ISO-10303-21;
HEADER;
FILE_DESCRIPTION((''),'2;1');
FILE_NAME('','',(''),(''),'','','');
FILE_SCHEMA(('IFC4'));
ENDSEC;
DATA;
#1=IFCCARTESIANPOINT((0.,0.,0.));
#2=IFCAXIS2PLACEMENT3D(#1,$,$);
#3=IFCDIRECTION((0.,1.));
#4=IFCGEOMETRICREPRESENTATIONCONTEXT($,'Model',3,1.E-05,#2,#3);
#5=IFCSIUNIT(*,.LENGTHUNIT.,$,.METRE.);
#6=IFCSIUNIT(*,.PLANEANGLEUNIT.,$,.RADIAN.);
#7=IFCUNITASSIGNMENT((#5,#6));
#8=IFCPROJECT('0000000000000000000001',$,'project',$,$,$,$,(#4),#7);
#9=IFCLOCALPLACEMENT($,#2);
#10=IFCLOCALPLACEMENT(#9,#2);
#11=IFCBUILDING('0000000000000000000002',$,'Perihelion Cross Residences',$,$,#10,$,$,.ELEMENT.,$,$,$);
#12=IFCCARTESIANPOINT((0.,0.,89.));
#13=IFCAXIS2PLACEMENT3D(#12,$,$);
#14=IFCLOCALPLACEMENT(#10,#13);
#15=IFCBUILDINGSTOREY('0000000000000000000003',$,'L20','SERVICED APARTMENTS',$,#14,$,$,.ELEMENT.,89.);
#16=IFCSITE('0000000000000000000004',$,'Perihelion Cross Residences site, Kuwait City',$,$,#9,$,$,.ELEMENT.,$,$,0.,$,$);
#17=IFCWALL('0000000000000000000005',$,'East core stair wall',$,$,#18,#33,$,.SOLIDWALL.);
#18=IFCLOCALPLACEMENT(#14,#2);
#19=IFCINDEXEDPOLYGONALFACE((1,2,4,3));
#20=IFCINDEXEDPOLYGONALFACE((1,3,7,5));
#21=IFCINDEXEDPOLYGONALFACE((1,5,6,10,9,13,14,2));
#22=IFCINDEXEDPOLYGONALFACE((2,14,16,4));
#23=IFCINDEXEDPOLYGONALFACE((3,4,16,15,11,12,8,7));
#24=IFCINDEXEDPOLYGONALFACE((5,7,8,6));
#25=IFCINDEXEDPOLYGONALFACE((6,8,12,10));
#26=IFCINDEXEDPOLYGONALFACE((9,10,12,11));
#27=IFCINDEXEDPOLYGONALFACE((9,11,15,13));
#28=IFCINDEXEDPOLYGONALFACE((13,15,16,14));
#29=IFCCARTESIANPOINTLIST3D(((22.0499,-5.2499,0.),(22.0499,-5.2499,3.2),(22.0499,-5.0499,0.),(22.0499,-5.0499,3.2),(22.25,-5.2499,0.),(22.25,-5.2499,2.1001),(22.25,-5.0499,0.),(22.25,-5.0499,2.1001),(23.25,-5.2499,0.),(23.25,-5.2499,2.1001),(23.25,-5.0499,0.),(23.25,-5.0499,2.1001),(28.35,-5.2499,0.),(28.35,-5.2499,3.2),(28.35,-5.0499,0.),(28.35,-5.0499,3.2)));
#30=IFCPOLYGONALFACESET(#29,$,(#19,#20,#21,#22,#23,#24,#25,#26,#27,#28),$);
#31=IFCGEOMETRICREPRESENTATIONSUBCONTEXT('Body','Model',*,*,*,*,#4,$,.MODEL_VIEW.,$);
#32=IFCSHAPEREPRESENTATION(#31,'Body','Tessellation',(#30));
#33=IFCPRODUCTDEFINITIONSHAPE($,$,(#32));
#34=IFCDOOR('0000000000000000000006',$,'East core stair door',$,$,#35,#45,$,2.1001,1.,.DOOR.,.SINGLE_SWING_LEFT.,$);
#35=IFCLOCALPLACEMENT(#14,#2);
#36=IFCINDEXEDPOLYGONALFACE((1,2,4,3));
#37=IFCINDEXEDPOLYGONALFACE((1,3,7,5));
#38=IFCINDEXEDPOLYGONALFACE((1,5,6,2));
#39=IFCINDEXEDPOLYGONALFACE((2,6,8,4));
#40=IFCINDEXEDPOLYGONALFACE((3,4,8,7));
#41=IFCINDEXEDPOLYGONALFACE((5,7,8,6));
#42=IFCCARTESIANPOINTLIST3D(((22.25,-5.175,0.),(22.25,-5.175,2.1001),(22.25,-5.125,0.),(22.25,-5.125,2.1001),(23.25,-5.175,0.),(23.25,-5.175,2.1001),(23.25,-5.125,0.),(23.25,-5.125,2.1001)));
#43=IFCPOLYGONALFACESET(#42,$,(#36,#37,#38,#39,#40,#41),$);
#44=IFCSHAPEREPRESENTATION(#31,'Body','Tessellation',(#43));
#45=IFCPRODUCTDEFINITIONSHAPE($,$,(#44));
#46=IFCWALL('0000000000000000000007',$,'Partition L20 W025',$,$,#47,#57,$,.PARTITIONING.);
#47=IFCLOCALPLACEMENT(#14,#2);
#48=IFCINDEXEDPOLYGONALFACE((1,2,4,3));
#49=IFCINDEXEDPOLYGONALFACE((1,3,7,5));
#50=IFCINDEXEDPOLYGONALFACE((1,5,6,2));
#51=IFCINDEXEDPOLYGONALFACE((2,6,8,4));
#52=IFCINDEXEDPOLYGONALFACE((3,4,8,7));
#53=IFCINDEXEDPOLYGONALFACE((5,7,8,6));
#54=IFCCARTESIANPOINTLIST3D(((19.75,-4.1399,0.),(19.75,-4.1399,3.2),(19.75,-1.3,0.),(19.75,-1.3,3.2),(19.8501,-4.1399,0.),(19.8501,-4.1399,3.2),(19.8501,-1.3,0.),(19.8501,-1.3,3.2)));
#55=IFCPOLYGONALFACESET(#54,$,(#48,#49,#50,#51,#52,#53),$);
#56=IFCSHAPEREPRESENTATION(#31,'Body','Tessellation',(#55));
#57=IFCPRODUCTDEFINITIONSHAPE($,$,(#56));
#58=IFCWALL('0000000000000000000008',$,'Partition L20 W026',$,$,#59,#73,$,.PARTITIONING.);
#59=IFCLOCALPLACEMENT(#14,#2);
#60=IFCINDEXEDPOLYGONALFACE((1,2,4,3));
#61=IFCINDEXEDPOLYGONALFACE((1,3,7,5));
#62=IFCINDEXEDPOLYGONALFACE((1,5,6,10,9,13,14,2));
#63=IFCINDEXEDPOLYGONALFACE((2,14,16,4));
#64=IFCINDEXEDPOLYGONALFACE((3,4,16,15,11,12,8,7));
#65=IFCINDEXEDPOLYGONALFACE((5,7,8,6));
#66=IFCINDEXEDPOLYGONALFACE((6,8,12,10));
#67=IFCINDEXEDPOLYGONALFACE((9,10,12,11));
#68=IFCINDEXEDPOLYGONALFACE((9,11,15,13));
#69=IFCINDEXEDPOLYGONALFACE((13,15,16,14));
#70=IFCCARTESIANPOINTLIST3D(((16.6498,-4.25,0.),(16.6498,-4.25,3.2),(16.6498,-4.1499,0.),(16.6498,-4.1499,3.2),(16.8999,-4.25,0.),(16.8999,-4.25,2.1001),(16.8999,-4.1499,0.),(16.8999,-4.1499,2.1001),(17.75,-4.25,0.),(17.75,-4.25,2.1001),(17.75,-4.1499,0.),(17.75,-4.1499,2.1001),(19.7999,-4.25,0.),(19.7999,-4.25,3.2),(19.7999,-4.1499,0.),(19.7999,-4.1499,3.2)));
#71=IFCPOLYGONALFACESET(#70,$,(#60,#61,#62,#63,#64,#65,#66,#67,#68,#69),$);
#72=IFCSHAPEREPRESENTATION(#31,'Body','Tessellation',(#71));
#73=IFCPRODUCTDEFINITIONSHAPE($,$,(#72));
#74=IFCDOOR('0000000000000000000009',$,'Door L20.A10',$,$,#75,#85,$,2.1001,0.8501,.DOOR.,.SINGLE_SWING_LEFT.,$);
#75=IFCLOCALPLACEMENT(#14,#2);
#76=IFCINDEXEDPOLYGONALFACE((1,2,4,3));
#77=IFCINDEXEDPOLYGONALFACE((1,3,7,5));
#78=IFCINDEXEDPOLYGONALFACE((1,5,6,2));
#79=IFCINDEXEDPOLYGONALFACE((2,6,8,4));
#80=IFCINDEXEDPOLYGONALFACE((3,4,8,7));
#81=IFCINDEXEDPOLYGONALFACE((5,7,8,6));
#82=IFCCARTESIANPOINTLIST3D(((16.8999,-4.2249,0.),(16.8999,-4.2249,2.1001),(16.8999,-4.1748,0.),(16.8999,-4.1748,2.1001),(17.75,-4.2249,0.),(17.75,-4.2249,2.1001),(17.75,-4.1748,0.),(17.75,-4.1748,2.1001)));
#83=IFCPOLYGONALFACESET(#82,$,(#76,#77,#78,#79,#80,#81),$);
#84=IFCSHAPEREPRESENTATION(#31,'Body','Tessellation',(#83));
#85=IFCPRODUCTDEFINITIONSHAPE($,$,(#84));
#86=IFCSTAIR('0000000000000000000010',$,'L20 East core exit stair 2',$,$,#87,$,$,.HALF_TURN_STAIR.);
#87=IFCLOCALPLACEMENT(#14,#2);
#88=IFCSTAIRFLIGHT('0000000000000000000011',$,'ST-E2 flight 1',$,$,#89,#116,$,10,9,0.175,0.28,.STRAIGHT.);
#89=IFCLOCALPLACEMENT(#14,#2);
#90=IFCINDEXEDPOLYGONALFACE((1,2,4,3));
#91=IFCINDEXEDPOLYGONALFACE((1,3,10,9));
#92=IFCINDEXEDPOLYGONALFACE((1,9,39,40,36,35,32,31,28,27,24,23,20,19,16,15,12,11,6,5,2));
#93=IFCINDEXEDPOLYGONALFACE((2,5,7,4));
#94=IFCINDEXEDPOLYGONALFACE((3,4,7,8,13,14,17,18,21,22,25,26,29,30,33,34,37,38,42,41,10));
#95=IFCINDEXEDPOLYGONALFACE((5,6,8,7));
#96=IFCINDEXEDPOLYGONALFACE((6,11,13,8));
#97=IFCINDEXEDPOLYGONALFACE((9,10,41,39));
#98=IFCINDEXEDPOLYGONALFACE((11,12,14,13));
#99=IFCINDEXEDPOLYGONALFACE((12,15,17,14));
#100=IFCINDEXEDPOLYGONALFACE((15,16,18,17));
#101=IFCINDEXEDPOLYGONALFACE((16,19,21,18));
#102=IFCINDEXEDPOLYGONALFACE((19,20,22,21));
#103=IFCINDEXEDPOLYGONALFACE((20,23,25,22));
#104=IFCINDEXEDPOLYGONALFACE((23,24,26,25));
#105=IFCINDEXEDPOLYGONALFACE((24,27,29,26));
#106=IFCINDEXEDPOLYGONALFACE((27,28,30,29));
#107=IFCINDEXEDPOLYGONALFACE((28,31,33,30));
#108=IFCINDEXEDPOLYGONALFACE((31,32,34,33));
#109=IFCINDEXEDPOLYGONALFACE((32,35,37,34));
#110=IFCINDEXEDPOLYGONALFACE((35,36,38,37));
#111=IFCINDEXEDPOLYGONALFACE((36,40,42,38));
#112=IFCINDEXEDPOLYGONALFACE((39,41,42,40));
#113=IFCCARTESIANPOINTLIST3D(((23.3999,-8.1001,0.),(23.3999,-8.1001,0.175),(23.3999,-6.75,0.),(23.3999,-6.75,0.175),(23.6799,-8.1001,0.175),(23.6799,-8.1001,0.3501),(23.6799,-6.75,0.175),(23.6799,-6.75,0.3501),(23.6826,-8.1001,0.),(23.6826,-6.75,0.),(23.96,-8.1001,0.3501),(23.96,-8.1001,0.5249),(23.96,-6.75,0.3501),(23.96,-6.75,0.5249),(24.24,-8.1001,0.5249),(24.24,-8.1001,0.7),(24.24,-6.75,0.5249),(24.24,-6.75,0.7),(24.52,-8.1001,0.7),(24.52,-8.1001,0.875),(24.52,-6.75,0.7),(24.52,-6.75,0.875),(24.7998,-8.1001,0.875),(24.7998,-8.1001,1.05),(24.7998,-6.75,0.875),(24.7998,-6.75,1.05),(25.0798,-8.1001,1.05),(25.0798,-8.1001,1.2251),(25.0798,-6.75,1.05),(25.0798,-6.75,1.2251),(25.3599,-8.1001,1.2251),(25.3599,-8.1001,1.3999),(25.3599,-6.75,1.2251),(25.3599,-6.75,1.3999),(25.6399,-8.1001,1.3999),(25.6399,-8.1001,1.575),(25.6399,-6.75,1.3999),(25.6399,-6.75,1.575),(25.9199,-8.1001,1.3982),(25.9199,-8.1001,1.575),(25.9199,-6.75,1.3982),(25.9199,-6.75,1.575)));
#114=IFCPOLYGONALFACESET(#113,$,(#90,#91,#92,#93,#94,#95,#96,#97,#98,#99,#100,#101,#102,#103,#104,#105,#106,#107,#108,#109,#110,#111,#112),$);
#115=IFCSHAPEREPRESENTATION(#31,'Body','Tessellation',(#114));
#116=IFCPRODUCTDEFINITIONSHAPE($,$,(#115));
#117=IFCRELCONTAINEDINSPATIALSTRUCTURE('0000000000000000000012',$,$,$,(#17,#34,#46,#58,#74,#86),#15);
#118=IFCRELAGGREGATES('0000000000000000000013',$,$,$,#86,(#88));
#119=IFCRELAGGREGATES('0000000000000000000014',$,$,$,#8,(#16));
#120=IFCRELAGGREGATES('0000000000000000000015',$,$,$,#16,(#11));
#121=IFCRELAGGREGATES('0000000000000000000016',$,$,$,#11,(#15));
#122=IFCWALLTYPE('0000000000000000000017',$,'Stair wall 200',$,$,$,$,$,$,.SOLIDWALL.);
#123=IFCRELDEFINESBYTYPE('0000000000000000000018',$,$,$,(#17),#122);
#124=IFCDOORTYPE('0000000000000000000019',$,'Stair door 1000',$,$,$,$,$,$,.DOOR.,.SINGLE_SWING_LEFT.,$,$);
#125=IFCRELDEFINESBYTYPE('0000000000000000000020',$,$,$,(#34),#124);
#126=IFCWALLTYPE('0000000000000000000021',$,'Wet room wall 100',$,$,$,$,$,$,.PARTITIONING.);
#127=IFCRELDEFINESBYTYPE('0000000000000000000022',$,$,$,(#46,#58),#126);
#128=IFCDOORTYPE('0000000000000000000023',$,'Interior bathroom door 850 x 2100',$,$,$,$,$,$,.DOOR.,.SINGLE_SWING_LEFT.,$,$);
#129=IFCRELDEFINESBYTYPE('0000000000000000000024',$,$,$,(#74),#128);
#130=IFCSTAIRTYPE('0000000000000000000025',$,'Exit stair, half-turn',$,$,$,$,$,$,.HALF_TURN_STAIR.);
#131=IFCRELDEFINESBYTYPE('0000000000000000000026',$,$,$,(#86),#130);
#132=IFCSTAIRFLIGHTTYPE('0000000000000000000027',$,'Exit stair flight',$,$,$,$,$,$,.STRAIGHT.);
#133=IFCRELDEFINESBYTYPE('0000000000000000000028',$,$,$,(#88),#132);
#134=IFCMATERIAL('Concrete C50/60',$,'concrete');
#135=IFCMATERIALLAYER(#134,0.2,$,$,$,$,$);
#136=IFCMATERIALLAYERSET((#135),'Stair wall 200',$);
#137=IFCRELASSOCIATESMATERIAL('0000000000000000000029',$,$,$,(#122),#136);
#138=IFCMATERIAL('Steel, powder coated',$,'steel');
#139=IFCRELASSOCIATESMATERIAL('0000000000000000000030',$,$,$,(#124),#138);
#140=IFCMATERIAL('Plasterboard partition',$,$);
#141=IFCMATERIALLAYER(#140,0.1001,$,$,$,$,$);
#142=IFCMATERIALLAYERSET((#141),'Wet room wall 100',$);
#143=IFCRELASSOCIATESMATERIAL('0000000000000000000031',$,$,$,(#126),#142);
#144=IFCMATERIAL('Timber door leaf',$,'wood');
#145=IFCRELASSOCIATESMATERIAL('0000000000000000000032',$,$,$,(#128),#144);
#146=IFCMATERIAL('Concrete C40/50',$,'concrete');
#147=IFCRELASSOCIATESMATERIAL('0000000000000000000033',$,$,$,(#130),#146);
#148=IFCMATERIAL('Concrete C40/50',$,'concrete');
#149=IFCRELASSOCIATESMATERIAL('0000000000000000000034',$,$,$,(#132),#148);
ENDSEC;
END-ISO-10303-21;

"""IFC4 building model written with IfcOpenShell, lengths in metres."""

from ifc_helpers import new_model, si_unit, direction, frame, frame_2d, origin, place, context, subcontext, project, spatial, polyline, rectangle, outline, extrude, material, layer, layer_set, type_object, element, fill, aggregate, save


model = new_model("IFC4")

# Units and contexts
model_context = context("Model", 3, precision=1e-05, world=origin(), true_north=direction((0.0, 1.0)))
body_context = subcontext(model_context, "Body", "Model", "MODEL_VIEW")
ifc_project = project(units=[si_unit("LENGTHUNIT", "METRE"), si_unit("PLANEANGLEUNIT", "RADIAN")], contexts=[model_context])

# Site, building, storey
site_placement = place(None, origin())
site = spatial("IfcSite", under=ifc_project, at=site_placement, Name="Perihelion Cross Residences site, Kuwait City", CompositionType="ELEMENT", RefElevation=0.0)
building_placement = place(site_placement, origin())
building = spatial("IfcBuilding", under=site, at=building_placement, Name="Perihelion Cross Residences", CompositionType="ELEMENT")
storey_placement = place(building_placement, frame((0.0, 0.0, 89.0)))
storey = spatial("IfcBuildingStorey", under=building, at=storey_placement, Name="L20", Description="SERVICED APARTMENTS", CompositionType="ELEMENT", Elevation=89.0)

# Wall, opening, door
ifc_material_1 = material(Name="Concrete C50/60", Category="concrete")
ifc_layer_1 = layer(ifc_material_1, 0.2)
ifc_layer_set_1 = layer_set([ifc_layer_1], Name="Stair wall 200")
wall_type_1 = type_object("IfcWallType", Name="Stair wall 200", PredefinedType="SOLIDWALL", material=ifc_layer_set_1)
wall_1_placement = place(storey_placement, frame((22.05, -5.1499, 0.0), z_axis=(0.0, 0.0, 1.0), x_axis=(1.0, 0.0, 0.0)))
wall_1 = element("IfcWall", 1, at=wall_1_placement, inside=storey, type_object=wall_type_1, Name="East core stair wall", PredefinedType="SOLIDWALL", context=body_context, shape_type="SweptSolid", body=[
    extrude(rectangle(XDim=6.3, YDim=0.2, at=frame_2d((3.1499, 0.0))), origin(), (0.0, 0.0, 1.0), 3.2),
])
opening_1_placement = place(wall_1_placement, frame((0.2, 0.0, 0.0)))
opening_1 = element("IfcOpeningElement", 2, at=opening_1_placement, cuts=wall_1, PredefinedType="OPENING", context=body_context, shape_type="SweptSolid", body=[
    extrude(rectangle(XDim=1.0, YDim=2.1001, at=frame_2d((0.5, 1.05))), frame((0.0, 0.1099, 0.0), z_axis=(0.0, -1.0, 0.0), x_axis=(1.0, 0.0, 0.0)), (0.0, 0.0, 1.0), 0.22),
])
ifc_material_2 = material(Name="Steel, powder coated", Category="steel")
door_type_1 = type_object("IfcDoorType", Name="Stair door 1000", OperationType="SINGLE_SWING_LEFT", PredefinedType="DOOR", material=ifc_material_2)
door_1_placement = place(opening_1_placement, origin())
door_1 = element("IfcDoor", 3, at=door_1_placement, inside=storey, type_object=door_type_1, Name="East core stair door", OperationType="SINGLE_SWING_LEFT", OverallHeight=2.1001, OverallWidth=1.0, PredefinedType="DOOR", context=body_context, shape_type="SweptSolid", body=[
    extrude(rectangle(XDim=1.0, YDim=2.1001, at=frame_2d((0.5, 1.05))), frame((0.0, 0.0249, 0.0), z_axis=(0.0, -1.0, 0.0), x_axis=(1.0, 0.0, 0.0)), (0.0, 0.0, 1.0), 0.05),
])
fill(opening_1, door_1)

# Wall
ifc_material_3 = material(Name="Plasterboard partition")
ifc_layer_2 = layer(ifc_material_3, 0.1001)
ifc_layer_set_2 = layer_set([ifc_layer_2], Name="Wet room wall 100")
wall_type_2 = type_object("IfcWallType", Name="Wet room wall 100", PredefinedType="PARTITIONING", material=ifc_layer_set_2)
wall_2_placement = place(storey_placement, frame((19.8, -1.3, 0.0), z_axis=(0.0, 0.0, 1.0), x_axis=(0.0, -1.0, 0.0)))
element("IfcWall", 4, at=wall_2_placement, inside=storey, type_object=wall_type_2, Name="Partition L20 W025", PredefinedType="PARTITIONING", context=body_context, shape_type="SweptSolid", body=[
    extrude(rectangle(XDim=2.8398, YDim=0.1001, at=frame_2d((1.4199, 0.0))), origin(), (0.0, 0.0, 1.0), 3.2),
])

# Wall, opening, door
wall_3_placement = place(storey_placement, frame((19.8, -4.2, 0.0), z_axis=(0.0, 0.0, 1.0), x_axis=(-1.0, 0.0, 0.0)))
wall_3 = element("IfcWall", 5, at=wall_3_placement, inside=storey, type_object=wall_type_2, Name="Partition L20 W026", PredefinedType="PARTITIONING", context=body_context, shape_type="SweptSolid", body=[
    extrude(rectangle(XDim=3.1501, YDim=0.1001, at=frame_2d((1.5752, 0.0))), origin(), (0.0, 0.0, 1.0), 3.2),
])
opening_2_placement = place(wall_3_placement, frame((2.05, 0.0, 0.0)))
opening_2 = element("IfcOpeningElement", 6, at=opening_2_placement, cuts=wall_3, PredefinedType="OPENING", context=body_context, shape_type="SweptSolid", body=[
    extrude(rectangle(XDim=0.8501, YDim=2.1001, at=frame_2d((0.425, 1.05))), frame((0.0, 0.0601, 0.0), z_axis=(0.0, -1.0, 0.0), x_axis=(1.0, 0.0, 0.0)), (0.0, 0.0, 1.0), 0.1201),
])
ifc_material_4 = material(Name="Timber door leaf", Category="wood")
door_type_2 = type_object("IfcDoorType", Name="Interior bathroom door 850 x 2100", OperationType="SINGLE_SWING_LEFT", PredefinedType="DOOR", material=ifc_material_4)
door_2_placement = place(opening_2_placement, origin())
door_2 = element("IfcDoor", 7, at=door_2_placement, inside=storey, type_object=door_type_2, Name="Door L20.A10", OperationType="SINGLE_SWING_LEFT", OverallHeight=2.1001, OverallWidth=0.8501, PredefinedType="DOOR", context=body_context, shape_type="SweptSolid", body=[
    extrude(rectangle(XDim=0.8501, YDim=2.1001, at=frame_2d((0.425, 1.05))), frame((0.0, 0.0249, 0.0), z_axis=(0.0, -1.0, 0.0), x_axis=(1.0, 0.0, 0.0)), (0.0, 0.0, 1.0), 0.05),
])
fill(opening_2, door_2)

# Stair, stair flight
ifc_material_5 = material(Name="Concrete C40/50", Category="concrete")
stair_type = type_object("IfcStairType", Name="Exit stair, half-turn", PredefinedType="HALF_TURN_STAIR", material=ifc_material_5)
stair_placement = place(storey_placement, origin())
stair = element("IfcStair", 8, at=stair_placement, inside=storey, type_object=stair_type, Name="L20 East core exit stair 2", PredefinedType="HALF_TURN_STAIR")
ifc_material_6 = material(Name="Concrete C40/50", Category="concrete")
stair_flight_type = type_object("IfcStairFlightType", Name="Exit stair flight", PredefinedType="STRAIGHT", material=ifc_material_6)
stair_flight_placement = place(storey_placement, frame((23.3999, -7.425, 0.0), z_axis=(0.0, 0.0, 1.0), x_axis=(1.0, 0.0, 0.0)))
stair_flight = element("IfcStairFlight", 9, at=stair_flight_placement, type_object=stair_flight_type, Name="ST-E2 flight 1", NumberOfRisers=10, NumberOfTreads=9, PredefinedType="STRAIGHT", RiserHeight=0.175, TreadLength=0.28, context=body_context, shape_type="SweptSolid", body=[
    extrude(outline(polyline([(0.0, 0.0), (0.0, 0.175), (0.28, 0.175), (0.28, 0.3501), (0.5601, 0.3501), (0.5601, 0.5249), (0.8401, 0.5249), (0.8401, 0.7), (1.1201, 0.7), (1.1201, 0.875), (1.3999, 0.875), (1.3999, 1.05), (1.6799, 1.05), (1.6799, 1.2251), (1.96, 1.2251), (1.96, 1.3999), (2.24, 1.3999), (2.24, 1.575), (2.52, 1.575), (2.52, 1.75), (2.52, 1.3982), (0.2827, 0.0), (0.0, 0.0)])), frame((0.0, 0.675, 0.0), z_axis=(0.0, -1.0, 0.0), x_axis=(1.0, 0.0, 0.0)), (0.0, 0.0, 1.0), 1.3501),
])
aggregate(stair, [stair_flight])

save(model, "model.ifc")
